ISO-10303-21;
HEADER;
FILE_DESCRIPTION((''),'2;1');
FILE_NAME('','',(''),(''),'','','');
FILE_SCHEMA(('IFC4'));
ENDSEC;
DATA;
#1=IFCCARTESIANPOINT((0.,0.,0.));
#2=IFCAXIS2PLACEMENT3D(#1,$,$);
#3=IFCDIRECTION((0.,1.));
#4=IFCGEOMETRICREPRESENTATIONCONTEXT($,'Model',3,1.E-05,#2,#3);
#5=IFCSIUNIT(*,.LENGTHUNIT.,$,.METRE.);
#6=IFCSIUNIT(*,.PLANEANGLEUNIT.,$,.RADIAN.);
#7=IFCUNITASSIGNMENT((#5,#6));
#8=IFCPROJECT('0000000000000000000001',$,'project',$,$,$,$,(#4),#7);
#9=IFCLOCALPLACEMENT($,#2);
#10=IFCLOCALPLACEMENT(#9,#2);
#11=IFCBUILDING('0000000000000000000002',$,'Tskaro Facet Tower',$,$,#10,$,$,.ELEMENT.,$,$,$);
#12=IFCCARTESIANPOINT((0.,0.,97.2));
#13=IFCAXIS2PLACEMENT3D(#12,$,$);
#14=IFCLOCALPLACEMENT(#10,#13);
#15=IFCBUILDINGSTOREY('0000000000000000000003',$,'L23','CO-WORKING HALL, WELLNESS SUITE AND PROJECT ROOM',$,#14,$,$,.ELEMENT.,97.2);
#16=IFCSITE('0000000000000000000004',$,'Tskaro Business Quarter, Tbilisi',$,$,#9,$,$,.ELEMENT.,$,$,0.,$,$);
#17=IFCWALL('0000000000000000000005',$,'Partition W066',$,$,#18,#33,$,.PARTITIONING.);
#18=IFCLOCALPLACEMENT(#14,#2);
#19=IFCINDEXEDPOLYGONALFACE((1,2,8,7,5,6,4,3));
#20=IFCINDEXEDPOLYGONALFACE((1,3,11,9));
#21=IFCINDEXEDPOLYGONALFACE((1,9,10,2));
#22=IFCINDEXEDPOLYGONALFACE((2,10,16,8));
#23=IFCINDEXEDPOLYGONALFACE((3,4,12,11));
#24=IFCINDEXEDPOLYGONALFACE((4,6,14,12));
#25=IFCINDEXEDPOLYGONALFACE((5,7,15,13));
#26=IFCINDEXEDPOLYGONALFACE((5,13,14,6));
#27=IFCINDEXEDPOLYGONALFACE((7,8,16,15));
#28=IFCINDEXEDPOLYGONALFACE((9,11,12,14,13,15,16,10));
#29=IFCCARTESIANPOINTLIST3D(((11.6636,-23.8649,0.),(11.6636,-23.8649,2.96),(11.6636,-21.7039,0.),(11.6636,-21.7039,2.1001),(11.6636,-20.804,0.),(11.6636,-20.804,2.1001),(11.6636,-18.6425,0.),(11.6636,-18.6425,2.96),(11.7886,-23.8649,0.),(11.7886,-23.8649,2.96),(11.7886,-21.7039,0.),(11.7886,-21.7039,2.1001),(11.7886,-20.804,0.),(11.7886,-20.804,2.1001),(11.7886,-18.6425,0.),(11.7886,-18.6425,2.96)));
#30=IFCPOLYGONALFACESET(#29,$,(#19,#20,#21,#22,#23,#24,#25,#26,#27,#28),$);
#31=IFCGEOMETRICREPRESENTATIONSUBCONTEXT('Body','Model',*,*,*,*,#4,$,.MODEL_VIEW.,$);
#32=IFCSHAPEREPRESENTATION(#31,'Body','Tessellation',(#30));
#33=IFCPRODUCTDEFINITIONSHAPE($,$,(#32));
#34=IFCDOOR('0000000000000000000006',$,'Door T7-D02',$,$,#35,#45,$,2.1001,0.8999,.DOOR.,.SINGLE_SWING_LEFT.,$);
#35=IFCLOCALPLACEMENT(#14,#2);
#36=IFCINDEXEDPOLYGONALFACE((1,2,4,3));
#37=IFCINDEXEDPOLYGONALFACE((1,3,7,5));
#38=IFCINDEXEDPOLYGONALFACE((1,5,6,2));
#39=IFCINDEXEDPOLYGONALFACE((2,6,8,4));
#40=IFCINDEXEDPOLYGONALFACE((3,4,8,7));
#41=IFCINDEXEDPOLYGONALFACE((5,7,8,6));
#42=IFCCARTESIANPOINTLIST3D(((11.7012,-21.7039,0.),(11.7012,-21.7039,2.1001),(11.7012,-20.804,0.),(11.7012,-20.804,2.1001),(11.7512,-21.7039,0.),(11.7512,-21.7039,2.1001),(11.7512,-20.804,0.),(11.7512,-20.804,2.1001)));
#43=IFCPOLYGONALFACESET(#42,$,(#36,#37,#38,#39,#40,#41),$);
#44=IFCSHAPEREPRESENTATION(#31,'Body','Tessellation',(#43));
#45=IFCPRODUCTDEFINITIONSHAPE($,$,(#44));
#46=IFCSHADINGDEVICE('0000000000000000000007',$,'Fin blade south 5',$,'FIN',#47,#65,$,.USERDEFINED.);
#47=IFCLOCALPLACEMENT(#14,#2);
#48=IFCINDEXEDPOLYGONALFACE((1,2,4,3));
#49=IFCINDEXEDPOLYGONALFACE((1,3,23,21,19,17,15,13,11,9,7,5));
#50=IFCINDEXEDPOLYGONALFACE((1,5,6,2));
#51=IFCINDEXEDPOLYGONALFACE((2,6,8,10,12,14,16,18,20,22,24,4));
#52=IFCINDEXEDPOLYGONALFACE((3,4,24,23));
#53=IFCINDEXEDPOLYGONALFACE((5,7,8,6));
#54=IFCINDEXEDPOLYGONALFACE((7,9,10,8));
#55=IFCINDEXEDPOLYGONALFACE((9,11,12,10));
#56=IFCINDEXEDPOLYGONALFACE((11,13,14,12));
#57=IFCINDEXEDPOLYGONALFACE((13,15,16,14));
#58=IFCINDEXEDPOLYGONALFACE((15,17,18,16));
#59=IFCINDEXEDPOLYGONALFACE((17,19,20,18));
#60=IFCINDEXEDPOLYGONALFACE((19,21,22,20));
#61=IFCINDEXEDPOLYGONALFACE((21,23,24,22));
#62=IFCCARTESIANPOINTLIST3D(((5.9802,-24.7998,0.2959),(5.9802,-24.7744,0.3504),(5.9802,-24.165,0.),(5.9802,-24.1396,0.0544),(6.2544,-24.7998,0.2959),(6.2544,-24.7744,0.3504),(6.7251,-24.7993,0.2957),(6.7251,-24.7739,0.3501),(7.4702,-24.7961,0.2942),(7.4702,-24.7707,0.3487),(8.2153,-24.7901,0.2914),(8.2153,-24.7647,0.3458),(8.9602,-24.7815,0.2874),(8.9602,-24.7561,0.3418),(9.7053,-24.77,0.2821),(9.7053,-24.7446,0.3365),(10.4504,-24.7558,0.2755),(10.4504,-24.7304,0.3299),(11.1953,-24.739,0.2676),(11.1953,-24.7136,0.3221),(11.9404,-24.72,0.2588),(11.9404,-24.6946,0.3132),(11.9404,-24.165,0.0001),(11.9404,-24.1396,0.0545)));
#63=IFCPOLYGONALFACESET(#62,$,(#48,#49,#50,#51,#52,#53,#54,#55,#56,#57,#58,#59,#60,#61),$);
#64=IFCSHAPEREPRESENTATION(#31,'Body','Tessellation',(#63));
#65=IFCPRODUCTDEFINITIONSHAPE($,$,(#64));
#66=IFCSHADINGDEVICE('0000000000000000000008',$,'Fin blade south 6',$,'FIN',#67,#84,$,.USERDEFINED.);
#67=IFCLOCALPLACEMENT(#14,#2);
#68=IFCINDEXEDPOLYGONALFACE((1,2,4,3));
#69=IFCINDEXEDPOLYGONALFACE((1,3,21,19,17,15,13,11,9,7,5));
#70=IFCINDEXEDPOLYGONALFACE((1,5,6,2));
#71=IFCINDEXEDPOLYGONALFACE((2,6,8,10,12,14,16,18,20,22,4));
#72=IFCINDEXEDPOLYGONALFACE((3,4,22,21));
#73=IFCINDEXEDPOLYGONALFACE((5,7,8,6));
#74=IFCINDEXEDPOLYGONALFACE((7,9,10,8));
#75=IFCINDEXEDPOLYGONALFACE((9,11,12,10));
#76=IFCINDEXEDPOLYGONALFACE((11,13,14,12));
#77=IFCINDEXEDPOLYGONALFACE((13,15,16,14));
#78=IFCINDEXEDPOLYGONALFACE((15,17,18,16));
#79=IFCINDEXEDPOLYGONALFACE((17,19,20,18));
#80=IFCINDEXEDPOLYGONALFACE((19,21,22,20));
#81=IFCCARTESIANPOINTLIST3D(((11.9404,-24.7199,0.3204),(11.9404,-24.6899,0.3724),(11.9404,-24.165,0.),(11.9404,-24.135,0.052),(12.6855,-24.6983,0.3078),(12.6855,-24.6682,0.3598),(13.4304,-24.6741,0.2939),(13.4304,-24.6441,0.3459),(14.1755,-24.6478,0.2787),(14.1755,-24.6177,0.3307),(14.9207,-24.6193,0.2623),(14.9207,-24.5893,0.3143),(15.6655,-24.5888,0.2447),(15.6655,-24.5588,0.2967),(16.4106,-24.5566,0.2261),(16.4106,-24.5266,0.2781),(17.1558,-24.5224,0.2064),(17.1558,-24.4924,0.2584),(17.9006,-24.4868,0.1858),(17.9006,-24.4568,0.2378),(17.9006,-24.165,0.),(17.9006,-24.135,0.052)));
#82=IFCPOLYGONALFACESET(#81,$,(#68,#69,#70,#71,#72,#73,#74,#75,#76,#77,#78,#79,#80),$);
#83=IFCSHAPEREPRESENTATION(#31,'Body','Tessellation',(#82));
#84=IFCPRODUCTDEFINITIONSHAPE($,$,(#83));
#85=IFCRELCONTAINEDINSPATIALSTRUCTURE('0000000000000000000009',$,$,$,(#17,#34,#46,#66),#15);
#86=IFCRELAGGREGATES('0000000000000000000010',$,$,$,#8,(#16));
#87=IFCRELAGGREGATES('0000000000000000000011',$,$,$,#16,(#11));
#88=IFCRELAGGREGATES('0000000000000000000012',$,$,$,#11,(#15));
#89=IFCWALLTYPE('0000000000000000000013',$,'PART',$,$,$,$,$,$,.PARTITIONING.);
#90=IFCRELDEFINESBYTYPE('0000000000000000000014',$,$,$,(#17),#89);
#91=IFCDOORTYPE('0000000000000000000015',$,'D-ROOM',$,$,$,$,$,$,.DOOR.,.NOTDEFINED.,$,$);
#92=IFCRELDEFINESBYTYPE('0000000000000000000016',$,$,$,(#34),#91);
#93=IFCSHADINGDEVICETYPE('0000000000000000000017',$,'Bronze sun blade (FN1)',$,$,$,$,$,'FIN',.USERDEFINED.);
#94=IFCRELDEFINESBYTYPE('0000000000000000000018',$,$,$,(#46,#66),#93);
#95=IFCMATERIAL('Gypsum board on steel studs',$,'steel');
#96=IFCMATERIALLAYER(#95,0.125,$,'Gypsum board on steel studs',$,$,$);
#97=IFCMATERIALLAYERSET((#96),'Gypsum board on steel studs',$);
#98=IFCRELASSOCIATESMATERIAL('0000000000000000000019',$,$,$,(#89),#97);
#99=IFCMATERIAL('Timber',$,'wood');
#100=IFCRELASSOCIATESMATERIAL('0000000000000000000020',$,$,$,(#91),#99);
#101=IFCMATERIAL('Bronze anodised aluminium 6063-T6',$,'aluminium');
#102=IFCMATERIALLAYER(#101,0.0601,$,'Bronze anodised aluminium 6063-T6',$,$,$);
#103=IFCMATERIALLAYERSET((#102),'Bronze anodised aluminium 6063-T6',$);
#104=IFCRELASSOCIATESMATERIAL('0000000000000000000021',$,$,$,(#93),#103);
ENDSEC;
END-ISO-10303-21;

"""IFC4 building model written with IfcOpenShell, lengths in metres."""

from ifc_helpers import new_model, si_unit, direction, frame, frame_2d, origin, place, context, subcontext, project, spatial, polyline, rectangle, outline, extrude, material, layer, layer_set, type_object, element, fill, save


model = new_model("IFC4")

# Units and contexts
model_context = context("Model", 3, precision=1e-05, world=origin(), true_north=direction((0.0, 1.0)))
body_context = subcontext(model_context, "Body", "Model", "MODEL_VIEW")
ifc_project = project(units=[si_unit("LENGTHUNIT", "METRE"), si_unit("PLANEANGLEUNIT", "RADIAN")], contexts=[model_context])

# Site, building, storey
site_placement = place(None, origin())
site = spatial("IfcSite", under=ifc_project, at=site_placement, Name="Tskaro Business Quarter, Tbilisi", CompositionType="ELEMENT", RefElevation=0.0)
building_placement = place(site_placement, origin())
building = spatial("IfcBuilding", under=site, at=building_placement, Name="Tskaro Facet Tower", CompositionType="ELEMENT")
storey_placement = place(building_placement, frame((0.0, 0.0, 97.2)))
storey = spatial("IfcBuildingStorey", under=building, at=storey_placement, Name="L23", Description="CO-WORKING HALL, WELLNESS SUITE AND PROJECT ROOM", CompositionType="ELEMENT", Elevation=97.2)

# Shared definitions
ifc_material_1 = material(Name="Bronze anodised aluminium 6063-T6", Category="aluminium")

# Shared definitions
ifc_material_2 = material(Name="Gypsum board on steel studs", Category="steel")
ifc_layer_1 = layer(ifc_material_2, 0.125, Name="Gypsum board on steel studs")
ifc_layer_set_1 = layer_set([ifc_layer_1], Name="Gypsum board on steel studs")
wall_type = type_object("IfcWallType", Name="PART", PredefinedType="PARTITIONING", material=ifc_layer_set_1)
ifc_material_3 = material(Name="Timber", Category="wood")
door_type = type_object("IfcDoorType", Name="D-ROOM", OperationType="NOTDEFINED", PredefinedType="DOOR", material=ifc_material_3)

# Wall, opening, door
wall_1_placement = place(storey_placement, frame((11.7261, -23.865, 0.0), z_axis=(0.0, 0.0, 1.0), x_axis=(0.0, 1.0, 0.0)))
wall_1 = element("IfcWall", 1, at=wall_1_placement, inside=storey, type_object=wall_type, Name="Partition W066", PredefinedType="PARTITIONING", context=body_context, shape_type="SweptSolid", body=[
    extrude(rectangle(XDim=5.2224, YDim=0.125, at=frame_2d((2.6113, 0.0))), origin(), (0.0, 0.0, 1.0), 2.96),
])
opening_1_placement = place(wall_1_placement, frame((2.1611, 0.0, 0.0)))
opening_1 = element("IfcOpeningElement", 2, at=opening_1_placement, cuts=wall_1, PredefinedType="OPENING", context=body_context, shape_type="SweptSolid", body=[
    extrude(rectangle(XDim=0.8999, YDim=2.1001, at=frame_2d((0.45, 1.05))), frame((0.0, 0.0725, 0.0), z_axis=(0.0, -1.0, 0.0), x_axis=(1.0, 0.0, 0.0)), (0.0, 0.0, 1.0), 0.145),
])
door_1_placement = place(opening_1_placement, origin())
door_1 = element("IfcDoor", 3, at=door_1_placement, inside=storey, type_object=door_type, Name="Door T7-D02", OperationType="SINGLE_SWING_LEFT", OverallHeight=2.1001, OverallWidth=0.8999, PredefinedType="DOOR", context=body_context, shape_type="SweptSolid", body=[
    extrude(rectangle(XDim=0.8999, YDim=2.1001, at=frame_2d((0.45, 1.05))), frame((0.0, 0.0249, 0.0), z_axis=(0.0, -1.0, 0.0), x_axis=(1.0, 0.0, 0.0)), (0.0, 0.0, 1.0), 0.05),
])
fill(opening_1, door_1)

# Shading devices
ifc_layer_2 = layer(ifc_material_1, 0.0601, Name="Bronze anodised aluminium 6063-T6")
ifc_layer_set_2 = layer_set([ifc_layer_2], Name="Bronze anodised aluminium 6063-T6")
shading_device_type = type_object("IfcShadingDeviceType", Name="Bronze sun blade (FN1)", ElementType="FIN", PredefinedType="USERDEFINED", material=ifc_layer_set_2)
shading_device_1_placement = place(storey_placement, frame((5.9802, -24.1396, 0.0544), z_axis=(-0.000008, 0.422527, 0.906351), x_axis=(1.0, 0.000003, 0.000007)))
element("IfcShadingDevice", 4, at=shading_device_1_placement, inside=storey, type_object=shading_device_type, Name="Fin blade south 5", ObjectType="FIN", PredefinedType="USERDEFINED", context=body_context, shape_type="SweptSolid", body=[
    extrude(outline(polyline([(0.0, 0.0), (5.9602, 0.0), (5.9602, -0.6123), (5.2151, -0.6333), (4.4702, -0.6519), (3.7251, -0.6675), (2.98, -0.6801), (2.2351, -0.6896), (1.49, -0.6963), (0.7449, -0.6998), (0.2742, -0.7003), (0.0, -0.7003), (0.0, 0.0)])), origin(), (0.0, 0.0, -1.0), 0.0601),
])
shading_device_2_placement = place(storey_placement, frame((11.9404, -24.135, 0.052), z_axis=(-0.000007, 0.499987, 0.866033), x_axis=(1.0, 0.000003, 0.000006)))
element("IfcShadingDevice", 5, at=shading_device_2_placement, inside=storey, type_object=shading_device_type, Name="Fin blade south 6", ObjectType="FIN", PredefinedType="USERDEFINED", context=body_context, shape_type="SweptSolid", body=[
    extrude(outline(polyline([(0.0, 0.0), (5.9602, 0.0), (5.9602, -0.3716), (5.2153, -0.4127), (4.4702, -0.4522), (3.7251, -0.4894), (2.9802, -0.5246), (2.2351, -0.5574), (1.49, -0.5878), (0.7451, -0.6157), (0.0, -0.6407), (0.0, 0.0)])), origin(), (0.0, 0.0, -1.0), 0.0601),
])

save(model, "model.ifc")
